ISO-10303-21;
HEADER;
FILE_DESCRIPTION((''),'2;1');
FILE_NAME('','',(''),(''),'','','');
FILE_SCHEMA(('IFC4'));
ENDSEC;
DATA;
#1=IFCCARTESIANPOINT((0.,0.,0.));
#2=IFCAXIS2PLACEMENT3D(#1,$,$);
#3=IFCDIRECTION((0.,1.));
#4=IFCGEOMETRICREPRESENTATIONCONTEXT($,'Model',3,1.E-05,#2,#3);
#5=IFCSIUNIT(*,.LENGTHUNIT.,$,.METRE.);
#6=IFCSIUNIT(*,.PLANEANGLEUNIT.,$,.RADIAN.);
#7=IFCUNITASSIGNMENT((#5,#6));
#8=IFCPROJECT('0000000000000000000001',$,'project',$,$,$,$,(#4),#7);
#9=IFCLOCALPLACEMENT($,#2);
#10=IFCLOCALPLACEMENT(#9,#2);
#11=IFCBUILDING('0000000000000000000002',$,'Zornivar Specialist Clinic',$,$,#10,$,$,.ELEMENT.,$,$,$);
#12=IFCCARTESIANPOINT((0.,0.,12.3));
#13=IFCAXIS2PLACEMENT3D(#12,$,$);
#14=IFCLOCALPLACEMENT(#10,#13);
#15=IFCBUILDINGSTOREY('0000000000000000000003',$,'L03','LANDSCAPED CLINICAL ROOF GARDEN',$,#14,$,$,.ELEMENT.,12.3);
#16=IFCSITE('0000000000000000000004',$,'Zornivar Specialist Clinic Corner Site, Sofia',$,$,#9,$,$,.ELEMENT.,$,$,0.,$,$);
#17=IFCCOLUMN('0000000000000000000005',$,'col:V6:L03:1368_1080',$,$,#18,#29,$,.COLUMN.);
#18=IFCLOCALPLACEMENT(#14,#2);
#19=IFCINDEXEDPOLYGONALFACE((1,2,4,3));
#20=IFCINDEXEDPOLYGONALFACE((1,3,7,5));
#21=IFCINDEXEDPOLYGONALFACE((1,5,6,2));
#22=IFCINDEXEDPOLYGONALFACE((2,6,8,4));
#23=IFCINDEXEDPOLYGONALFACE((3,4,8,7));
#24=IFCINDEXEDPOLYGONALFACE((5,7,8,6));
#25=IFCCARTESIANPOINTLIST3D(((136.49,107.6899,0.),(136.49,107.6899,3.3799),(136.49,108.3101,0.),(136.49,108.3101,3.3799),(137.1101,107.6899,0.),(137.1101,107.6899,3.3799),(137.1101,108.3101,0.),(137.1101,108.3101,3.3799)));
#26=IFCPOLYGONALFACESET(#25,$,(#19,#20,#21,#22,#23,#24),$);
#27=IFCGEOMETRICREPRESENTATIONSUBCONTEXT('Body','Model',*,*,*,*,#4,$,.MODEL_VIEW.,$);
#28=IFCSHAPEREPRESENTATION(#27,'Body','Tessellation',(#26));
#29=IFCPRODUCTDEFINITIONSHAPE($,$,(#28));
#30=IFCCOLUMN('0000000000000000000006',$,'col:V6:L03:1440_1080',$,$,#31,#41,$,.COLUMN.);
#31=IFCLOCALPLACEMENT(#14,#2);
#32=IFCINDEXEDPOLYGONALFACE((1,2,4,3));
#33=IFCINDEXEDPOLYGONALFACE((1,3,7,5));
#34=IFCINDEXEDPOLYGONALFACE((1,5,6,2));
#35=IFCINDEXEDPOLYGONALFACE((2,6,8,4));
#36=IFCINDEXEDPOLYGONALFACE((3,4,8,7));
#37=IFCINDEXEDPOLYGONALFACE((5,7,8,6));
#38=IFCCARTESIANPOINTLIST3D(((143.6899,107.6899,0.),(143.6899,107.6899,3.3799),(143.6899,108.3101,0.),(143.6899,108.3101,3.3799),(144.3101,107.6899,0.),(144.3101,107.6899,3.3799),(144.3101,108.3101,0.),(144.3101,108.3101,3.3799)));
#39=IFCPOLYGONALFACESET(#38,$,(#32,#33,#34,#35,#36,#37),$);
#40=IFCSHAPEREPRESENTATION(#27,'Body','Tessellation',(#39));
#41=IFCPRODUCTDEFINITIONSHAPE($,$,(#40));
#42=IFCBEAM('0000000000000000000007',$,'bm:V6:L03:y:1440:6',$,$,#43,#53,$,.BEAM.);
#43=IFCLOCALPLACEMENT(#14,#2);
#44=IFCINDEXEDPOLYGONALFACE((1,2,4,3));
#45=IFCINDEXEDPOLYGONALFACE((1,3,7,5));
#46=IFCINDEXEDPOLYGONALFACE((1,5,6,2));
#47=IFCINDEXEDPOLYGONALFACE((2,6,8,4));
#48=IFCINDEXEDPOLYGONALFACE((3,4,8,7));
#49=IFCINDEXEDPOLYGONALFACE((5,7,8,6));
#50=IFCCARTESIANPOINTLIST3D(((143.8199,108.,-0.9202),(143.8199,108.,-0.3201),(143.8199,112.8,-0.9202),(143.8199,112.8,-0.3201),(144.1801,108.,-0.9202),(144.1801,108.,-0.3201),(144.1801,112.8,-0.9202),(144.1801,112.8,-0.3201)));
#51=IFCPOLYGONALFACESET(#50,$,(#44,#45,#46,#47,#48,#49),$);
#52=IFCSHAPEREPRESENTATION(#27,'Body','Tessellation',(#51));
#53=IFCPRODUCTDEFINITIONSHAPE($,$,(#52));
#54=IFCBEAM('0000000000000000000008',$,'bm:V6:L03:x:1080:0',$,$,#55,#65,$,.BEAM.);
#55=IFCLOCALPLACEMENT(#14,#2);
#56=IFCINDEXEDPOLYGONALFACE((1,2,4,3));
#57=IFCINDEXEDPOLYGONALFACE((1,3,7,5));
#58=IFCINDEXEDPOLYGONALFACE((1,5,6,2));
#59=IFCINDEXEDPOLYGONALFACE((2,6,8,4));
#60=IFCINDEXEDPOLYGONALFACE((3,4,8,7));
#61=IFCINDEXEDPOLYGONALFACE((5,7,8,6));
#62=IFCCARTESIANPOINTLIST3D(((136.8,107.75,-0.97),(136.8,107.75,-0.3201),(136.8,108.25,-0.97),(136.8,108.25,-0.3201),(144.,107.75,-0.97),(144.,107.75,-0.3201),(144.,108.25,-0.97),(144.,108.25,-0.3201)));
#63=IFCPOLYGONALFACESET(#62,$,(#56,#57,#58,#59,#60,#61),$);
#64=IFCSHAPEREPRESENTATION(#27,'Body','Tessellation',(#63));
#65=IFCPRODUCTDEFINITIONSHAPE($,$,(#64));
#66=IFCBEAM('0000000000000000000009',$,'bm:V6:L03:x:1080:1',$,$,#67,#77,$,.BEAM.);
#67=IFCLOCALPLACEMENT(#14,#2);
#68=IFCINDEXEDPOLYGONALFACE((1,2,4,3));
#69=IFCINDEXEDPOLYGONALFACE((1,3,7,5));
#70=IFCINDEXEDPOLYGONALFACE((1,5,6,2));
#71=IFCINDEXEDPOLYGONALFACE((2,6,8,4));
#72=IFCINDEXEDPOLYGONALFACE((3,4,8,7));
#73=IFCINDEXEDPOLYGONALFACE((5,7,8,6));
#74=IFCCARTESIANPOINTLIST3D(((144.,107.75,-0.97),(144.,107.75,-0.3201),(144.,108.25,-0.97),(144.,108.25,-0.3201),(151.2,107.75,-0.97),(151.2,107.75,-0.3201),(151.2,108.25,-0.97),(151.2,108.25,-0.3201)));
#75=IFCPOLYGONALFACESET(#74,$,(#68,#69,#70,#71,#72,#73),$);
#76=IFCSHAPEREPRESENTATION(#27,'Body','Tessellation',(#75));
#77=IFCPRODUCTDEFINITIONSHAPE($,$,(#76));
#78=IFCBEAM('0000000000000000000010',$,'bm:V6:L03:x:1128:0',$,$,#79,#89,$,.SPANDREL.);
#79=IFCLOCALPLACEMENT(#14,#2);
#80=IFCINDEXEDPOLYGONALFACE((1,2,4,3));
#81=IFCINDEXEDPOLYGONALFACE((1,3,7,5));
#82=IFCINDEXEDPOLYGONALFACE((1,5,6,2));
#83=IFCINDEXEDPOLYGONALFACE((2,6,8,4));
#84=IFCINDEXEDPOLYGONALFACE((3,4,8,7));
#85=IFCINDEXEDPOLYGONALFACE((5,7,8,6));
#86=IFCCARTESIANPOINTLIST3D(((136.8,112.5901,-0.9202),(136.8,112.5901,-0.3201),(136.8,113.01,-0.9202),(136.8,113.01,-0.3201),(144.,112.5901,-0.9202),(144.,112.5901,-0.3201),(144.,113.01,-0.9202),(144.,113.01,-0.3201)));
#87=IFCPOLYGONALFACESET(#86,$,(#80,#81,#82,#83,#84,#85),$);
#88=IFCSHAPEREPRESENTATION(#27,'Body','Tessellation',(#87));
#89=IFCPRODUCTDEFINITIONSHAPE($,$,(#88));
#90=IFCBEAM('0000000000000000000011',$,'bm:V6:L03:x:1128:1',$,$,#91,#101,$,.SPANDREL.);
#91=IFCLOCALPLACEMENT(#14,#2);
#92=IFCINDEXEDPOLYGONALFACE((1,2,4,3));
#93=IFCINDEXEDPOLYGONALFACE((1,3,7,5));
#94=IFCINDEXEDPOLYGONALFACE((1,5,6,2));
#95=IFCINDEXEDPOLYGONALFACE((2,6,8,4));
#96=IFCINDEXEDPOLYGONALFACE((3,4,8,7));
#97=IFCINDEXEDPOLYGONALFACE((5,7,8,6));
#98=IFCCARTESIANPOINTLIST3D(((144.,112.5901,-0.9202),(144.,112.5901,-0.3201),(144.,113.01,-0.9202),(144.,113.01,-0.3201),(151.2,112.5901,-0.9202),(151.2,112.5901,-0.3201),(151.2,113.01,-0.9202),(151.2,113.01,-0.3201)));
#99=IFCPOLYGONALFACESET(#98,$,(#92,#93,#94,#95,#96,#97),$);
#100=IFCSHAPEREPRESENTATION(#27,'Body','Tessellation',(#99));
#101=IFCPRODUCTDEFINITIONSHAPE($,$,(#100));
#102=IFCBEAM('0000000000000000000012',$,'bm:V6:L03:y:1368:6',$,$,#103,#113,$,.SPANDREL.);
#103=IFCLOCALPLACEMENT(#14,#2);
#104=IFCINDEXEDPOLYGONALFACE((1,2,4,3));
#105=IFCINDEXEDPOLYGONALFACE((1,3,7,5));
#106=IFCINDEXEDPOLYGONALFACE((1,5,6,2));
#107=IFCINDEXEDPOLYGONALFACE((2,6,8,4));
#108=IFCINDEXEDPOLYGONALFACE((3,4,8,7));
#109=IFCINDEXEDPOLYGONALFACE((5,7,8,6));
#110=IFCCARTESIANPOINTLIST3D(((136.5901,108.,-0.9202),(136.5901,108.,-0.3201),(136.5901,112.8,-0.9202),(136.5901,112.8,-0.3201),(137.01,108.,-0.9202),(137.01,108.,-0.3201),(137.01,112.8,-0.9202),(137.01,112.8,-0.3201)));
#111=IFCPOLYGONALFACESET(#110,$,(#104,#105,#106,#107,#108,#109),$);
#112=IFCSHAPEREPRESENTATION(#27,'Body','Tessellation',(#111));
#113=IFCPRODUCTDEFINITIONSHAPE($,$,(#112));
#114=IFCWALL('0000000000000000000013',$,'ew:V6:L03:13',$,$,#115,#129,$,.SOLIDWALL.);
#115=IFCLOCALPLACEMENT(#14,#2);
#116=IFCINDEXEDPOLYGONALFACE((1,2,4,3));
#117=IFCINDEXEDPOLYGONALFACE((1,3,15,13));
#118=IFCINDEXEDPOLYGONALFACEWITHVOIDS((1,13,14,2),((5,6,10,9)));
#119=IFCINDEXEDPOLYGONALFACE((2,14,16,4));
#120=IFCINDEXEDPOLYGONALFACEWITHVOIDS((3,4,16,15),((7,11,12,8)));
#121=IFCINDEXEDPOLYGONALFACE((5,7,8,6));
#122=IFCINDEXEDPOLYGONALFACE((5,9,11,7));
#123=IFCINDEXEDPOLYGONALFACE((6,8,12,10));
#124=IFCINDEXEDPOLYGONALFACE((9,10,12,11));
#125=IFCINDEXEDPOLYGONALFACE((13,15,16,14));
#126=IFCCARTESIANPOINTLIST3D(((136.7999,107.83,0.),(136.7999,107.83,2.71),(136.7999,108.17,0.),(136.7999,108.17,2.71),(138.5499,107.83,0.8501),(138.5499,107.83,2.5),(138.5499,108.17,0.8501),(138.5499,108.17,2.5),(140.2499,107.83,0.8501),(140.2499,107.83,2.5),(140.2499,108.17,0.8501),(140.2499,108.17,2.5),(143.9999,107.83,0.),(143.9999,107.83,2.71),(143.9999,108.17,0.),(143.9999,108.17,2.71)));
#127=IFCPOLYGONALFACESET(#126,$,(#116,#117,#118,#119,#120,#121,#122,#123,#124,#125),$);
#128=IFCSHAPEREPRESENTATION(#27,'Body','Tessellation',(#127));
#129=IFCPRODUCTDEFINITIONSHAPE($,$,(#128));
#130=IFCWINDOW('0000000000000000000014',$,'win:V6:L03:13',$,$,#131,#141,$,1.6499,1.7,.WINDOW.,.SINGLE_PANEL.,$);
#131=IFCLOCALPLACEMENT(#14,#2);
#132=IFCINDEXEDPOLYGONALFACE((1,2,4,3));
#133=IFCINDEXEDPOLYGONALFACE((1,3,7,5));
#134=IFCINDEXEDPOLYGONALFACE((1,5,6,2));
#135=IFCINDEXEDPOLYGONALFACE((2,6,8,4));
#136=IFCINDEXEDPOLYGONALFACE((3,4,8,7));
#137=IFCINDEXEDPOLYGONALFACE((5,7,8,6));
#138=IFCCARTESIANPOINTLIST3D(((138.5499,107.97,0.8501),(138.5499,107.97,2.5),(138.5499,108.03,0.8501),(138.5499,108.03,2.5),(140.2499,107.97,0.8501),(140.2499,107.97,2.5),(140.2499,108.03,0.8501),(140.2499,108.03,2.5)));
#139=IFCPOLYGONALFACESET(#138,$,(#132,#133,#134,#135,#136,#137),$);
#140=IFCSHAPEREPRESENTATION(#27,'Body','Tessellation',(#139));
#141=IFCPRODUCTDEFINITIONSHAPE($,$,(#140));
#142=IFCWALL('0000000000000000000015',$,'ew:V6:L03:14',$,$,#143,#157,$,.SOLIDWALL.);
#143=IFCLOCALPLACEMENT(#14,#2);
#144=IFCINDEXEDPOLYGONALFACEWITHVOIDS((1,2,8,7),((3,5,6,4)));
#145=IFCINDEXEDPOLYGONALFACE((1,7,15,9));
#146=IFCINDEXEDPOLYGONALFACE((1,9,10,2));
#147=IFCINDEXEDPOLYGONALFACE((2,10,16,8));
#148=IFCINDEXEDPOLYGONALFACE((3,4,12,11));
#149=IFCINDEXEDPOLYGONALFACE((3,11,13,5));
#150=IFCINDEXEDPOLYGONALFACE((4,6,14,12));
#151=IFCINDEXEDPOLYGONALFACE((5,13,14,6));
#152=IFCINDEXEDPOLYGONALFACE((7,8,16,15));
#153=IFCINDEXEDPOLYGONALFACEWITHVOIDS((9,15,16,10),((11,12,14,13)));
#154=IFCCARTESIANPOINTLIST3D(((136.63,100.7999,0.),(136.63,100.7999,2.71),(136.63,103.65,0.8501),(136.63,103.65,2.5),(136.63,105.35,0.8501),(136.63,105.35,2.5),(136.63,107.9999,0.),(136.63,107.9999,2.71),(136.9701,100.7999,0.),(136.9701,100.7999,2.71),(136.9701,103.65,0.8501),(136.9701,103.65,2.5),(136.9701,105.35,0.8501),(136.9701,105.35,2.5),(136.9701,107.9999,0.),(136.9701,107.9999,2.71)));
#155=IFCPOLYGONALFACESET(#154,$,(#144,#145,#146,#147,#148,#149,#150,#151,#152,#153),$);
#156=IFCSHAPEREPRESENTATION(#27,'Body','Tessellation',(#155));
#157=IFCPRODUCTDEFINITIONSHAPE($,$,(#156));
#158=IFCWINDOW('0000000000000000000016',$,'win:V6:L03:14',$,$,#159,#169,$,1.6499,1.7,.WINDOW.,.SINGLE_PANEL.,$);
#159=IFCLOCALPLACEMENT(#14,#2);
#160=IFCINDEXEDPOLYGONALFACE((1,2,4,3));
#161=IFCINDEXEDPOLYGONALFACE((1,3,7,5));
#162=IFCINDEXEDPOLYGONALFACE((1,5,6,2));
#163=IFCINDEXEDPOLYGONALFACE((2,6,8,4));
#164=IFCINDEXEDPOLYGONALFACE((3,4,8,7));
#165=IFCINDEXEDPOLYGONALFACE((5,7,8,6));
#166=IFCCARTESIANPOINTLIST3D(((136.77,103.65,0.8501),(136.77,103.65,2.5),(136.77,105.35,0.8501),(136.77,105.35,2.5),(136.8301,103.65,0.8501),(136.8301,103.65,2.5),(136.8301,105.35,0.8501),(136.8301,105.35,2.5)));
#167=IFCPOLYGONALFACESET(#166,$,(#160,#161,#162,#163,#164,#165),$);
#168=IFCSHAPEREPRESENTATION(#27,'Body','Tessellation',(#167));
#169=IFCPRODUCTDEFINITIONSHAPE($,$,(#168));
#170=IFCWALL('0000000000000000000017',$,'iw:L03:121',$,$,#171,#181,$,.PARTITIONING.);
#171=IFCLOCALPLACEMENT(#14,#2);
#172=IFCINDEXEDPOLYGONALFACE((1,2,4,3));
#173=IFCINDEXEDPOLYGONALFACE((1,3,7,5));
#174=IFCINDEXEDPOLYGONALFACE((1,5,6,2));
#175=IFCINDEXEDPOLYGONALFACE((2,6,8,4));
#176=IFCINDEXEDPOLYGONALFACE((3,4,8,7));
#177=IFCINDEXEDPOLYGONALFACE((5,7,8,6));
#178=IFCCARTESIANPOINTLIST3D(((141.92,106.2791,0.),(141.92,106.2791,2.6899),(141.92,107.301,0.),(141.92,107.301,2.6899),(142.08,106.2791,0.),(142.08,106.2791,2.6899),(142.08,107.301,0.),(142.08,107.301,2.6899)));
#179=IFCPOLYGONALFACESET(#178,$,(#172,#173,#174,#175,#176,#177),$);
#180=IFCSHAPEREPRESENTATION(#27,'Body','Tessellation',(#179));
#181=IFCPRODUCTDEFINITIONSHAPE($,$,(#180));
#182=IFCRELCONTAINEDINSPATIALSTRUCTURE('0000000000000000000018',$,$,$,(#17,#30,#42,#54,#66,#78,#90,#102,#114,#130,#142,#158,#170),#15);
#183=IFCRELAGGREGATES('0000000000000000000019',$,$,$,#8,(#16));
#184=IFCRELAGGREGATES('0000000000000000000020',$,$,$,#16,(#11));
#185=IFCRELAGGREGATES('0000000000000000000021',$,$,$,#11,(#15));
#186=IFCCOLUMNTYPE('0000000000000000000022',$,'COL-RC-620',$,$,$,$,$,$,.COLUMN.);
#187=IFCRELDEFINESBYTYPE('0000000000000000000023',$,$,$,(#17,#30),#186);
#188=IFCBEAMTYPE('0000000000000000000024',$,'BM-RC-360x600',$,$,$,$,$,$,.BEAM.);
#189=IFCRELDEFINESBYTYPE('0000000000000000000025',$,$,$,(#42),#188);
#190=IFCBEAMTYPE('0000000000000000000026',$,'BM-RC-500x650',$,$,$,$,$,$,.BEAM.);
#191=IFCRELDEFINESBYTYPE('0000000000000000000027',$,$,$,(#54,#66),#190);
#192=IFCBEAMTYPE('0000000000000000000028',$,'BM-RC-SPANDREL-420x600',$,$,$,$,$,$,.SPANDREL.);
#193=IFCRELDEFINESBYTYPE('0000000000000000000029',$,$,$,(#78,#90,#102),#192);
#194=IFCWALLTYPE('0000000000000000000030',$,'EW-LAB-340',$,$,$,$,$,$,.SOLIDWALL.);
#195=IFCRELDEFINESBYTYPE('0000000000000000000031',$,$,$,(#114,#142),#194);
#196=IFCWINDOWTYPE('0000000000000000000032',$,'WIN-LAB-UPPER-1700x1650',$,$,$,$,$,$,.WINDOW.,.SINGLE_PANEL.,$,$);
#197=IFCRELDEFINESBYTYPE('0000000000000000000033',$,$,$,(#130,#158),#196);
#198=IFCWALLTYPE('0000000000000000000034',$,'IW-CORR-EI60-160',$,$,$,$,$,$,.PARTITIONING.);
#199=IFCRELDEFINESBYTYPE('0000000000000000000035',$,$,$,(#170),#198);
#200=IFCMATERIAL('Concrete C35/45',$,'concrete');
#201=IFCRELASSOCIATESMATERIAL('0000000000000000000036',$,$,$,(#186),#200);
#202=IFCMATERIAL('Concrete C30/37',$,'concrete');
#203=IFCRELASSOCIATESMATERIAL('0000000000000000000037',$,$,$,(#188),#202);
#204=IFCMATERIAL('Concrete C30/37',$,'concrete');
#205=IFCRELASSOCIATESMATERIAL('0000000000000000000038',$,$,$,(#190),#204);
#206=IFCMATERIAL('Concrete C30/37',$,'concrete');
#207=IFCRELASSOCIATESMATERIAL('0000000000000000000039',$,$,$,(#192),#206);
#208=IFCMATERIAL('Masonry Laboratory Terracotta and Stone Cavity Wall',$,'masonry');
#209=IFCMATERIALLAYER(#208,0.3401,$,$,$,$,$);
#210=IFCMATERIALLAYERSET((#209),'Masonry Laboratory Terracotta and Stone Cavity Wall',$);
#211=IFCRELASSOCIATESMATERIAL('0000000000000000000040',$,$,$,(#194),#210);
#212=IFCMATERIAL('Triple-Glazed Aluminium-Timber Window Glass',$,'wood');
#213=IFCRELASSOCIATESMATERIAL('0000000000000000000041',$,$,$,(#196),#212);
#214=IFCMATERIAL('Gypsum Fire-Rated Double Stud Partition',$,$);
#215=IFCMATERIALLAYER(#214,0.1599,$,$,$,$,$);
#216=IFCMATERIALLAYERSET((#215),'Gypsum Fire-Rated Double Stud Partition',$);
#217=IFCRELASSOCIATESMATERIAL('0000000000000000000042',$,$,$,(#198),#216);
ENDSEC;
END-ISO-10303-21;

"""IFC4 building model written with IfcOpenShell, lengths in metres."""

from ifc_helpers import new_model, si_unit, direction, frame, frame_2d, origin, origin_2d, place, context, subcontext, project, spatial, rectangle, extrude, material, layer, layer_set, material_profile, profile_set, type_object, element, fill, save


model = new_model("IFC4")

# Units and contexts
model_context = context("Model", 3, precision=1e-05, world=origin(), true_north=direction((0.0, 1.0)))
body_context = subcontext(model_context, "Body", "Model", "MODEL_VIEW")
ifc_project = project(units=[si_unit("LENGTHUNIT", "METRE"), si_unit("PLANEANGLEUNIT", "RADIAN")], contexts=[model_context])

# Site, building, storey
site_placement = place(None, origin())
site = spatial("IfcSite", under=ifc_project, at=site_placement, Name="Zornivar Specialist Clinic Corner Site, Sofia", CompositionType="ELEMENT", RefElevation=0.0)
building_placement = place(site_placement, origin())
building = spatial("IfcBuilding", under=site, at=building_placement, Name="Zornivar Specialist Clinic", CompositionType="ELEMENT")
storey_placement = place(building_placement, frame((0.0, 0.0, 12.3)))
storey = spatial("IfcBuildingStorey", under=building, at=storey_placement, Name="L03", Description="LANDSCAPED CLINICAL ROOF GARDEN", CompositionType="ELEMENT", Elevation=12.3)

# Columns
ifc_material_1 = material(Name="Concrete C35/45", Category="concrete")
ifc_material_profile_1 = material_profile(ifc_material_1, rectangle(XDim=0.6201, YDim=0.6201, at=origin_2d()), Name="RC 620x620")
ifc_profile_set_1 = profile_set([ifc_material_profile_1], Name="Concrete C35/45")
column_type = type_object("IfcColumnType", Name="COL-RC-620", PredefinedType="COLUMN", material=ifc_profile_set_1)
for number, where, z_axis, x_axis, name in (
    (1, (136.8, 108.0, 0.0), (0.0, 0.0, 1.0), (1.0, 0.0, 0.0), "col:V6:L03:1368_1080"),
    (2, (144.0, 108.0, 0.0), (0.0, 0.0, 1.0), (1.0, 0.0, 0.0), "col:V6:L03:1440_1080"),
):
    element("IfcColumn", number, at=place(storey_placement, frame(where, z_axis=z_axis, x_axis=x_axis)), inside=storey, type_object=column_type, Name=name, PredefinedType="COLUMN", context=body_context, shape_type="SweptSolid", body=[
        extrude(rectangle(XDim=0.6201, YDim=0.6201, at=origin_2d()), origin(), (0.0, 0.0, 1.0), 3.3799),
    ])

# Beams
ifc_material_2 = material(Name="Concrete C30/37", Category="concrete")
ifc_material_profile_2 = material_profile(ifc_material_2, rectangle(XDim=0.3601, YDim=0.6001, at=origin_2d()), Name="RC 360x600")
ifc_profile_set_2 = profile_set([ifc_material_profile_2], Name="Concrete C30/37")
beam_type_1 = type_object("IfcBeamType", Name="BM-RC-360x600", PredefinedType="BEAM", material=ifc_profile_set_2)
beam_1_placement = place(storey_placement, frame((144.0, 108.0, -0.6201), z_axis=(0.0, 1.0, 0.0), x_axis=(-1.0, 0.0, 0.0)))
element("IfcBeam", 3, at=beam_1_placement, inside=storey, type_object=beam_type_1, Name="bm:V6:L03:y:1440:6", PredefinedType="BEAM", context=body_context, shape_type="SweptSolid", body=[
    extrude(rectangle(XDim=0.3601, YDim=0.6001, at=origin_2d()), origin(), (0.0, 0.0, 1.0), 4.8),
])
ifc_material_3 = material(Name="Concrete C30/37", Category="concrete")
ifc_material_profile_3 = material_profile(ifc_material_3, rectangle(XDim=0.5, YDim=0.6499, at=origin_2d()), Name="RC 500x650")
ifc_profile_set_3 = profile_set([ifc_material_profile_3], Name="Concrete C30/37")
beam_type_2 = type_object("IfcBeamType", Name="BM-RC-500x650", PredefinedType="BEAM", material=ifc_profile_set_3)
for number, where, z_axis, x_axis, name in (
    (4, (136.8, 108.0, -0.645), (1.0, 0.0, 0.0), (0.0, 1.0, 0.0), "bm:V6:L03:x:1080:0"),
    (5, (144.0, 108.0, -0.645), (1.0, 0.0, 0.0), (0.0, 1.0, 0.0), "bm:V6:L03:x:1080:1"),
):
    element("IfcBeam", number, at=place(storey_placement, frame(where, z_axis=z_axis, x_axis=x_axis)), inside=storey, type_object=beam_type_2, Name=name, PredefinedType="BEAM", context=body_context, shape_type="SweptSolid", body=[
        extrude(rectangle(XDim=0.5, YDim=0.6499, at=origin_2d()), origin(), (0.0, 0.0, 1.0), 7.2),
    ])
ifc_material_4 = material(Name="Concrete C30/37", Category="concrete")
ifc_material_profile_4 = material_profile(ifc_material_4, rectangle(XDim=0.4199, YDim=0.6001, at=origin_2d()), Name="RC 420x600")
ifc_profile_set_4 = profile_set([ifc_material_profile_4], Name="Concrete C30/37")
beam_type_3 = type_object("IfcBeamType", Name="BM-RC-SPANDREL-420x600", PredefinedType="SPANDREL", material=ifc_profile_set_4)
for number, where, z_axis, x_axis, name in (
    (6, (136.8, 112.8, -0.6201), (1.0, 0.0, 0.0), (0.0, 1.0, 0.0), "bm:V6:L03:x:1128:0"),
    (7, (144.0, 112.8, -0.6201), (1.0, 0.0, 0.0), (0.0, 1.0, 0.0), "bm:V6:L03:x:1128:1"),
):
    element("IfcBeam", number, at=place(storey_placement, frame(where, z_axis=z_axis, x_axis=x_axis)), inside=storey, type_object=beam_type_3, Name=name, PredefinedType="SPANDREL", context=body_context, shape_type="SweptSolid", body=[
        extrude(rectangle(XDim=0.4199, YDim=0.6001, at=origin_2d()), origin(), (0.0, 0.0, 1.0), 7.2),
    ])
beam_2_placement = place(storey_placement, frame((136.8, 108.0, -0.6201), z_axis=(0.0, 1.0, 0.0), x_axis=(-1.0, 0.0, 0.0)))
element("IfcBeam", 8, at=beam_2_placement, inside=storey, type_object=beam_type_3, Name="bm:V6:L03:y:1368:6", PredefinedType="SPANDREL", context=body_context, shape_type="SweptSolid", body=[
    extrude(rectangle(XDim=0.4199, YDim=0.6001, at=origin_2d()), origin(), (0.0, 0.0, 1.0), 4.8),
])

# Walls, openings, windows
ifc_material_5 = material(Name="Masonry Laboratory Terracotta and Stone Cavity Wall", Category="masonry")
ifc_layer_1 = layer(ifc_material_5, 0.3401)
ifc_layer_set_1 = layer_set([ifc_layer_1], Name="Masonry Laboratory Terracotta and Stone Cavity Wall")
wall_type_1 = type_object("IfcWallType", Name="EW-LAB-340", PredefinedType="SOLIDWALL", material=ifc_layer_set_1)
wall_1_placement = place(storey_placement, frame((144.0, 108.0, 0.0), z_axis=(0.0, 0.0, 1.0), x_axis=(-1.0, 0.0, 0.0)))
wall_1 = element("IfcWall", 9, at=wall_1_placement, inside=storey, type_object=wall_type_1, Name="ew:V6:L03:13", PredefinedType="SOLIDWALL", context=body_context, shape_type="SweptSolid", body=[
    extrude(rectangle(XDim=7.2, YDim=0.3401, at=frame_2d((3.6001, 0.0))), origin(), (0.0, 0.0, 1.0), 2.71),
])
opening_1_placement = place(wall_1_placement, frame((3.75, 0.0, 0.8501)))
opening_1 = element("IfcOpeningElement", 10, at=opening_1_placement, cuts=wall_1, PredefinedType="OPENING", context=body_context, shape_type="SweptSolid", body=[
    extrude(rectangle(XDim=1.7, YDim=1.6499, at=frame_2d((0.8501, 0.825))), frame((0.0, 0.1799, 0.0), z_axis=(0.0, -1.0, 0.0), x_axis=(1.0, 0.0, 0.0)), (0.0, 0.0, 1.0), 0.3601),
])
ifc_material_6 = material(Name="Triple-Glazed Aluminium-Timber Window Glass", Category="wood")
window_type = type_object("IfcWindowType", Name="WIN-LAB-UPPER-1700x1650", PartitioningType="SINGLE_PANEL", PredefinedType="WINDOW", material=ifc_material_6)
window_1_placement = place(opening_1_placement, origin())
window_1 = element("IfcWindow", 11, at=window_1_placement, inside=storey, type_object=window_type, Name="win:V6:L03:13", OverallHeight=1.6499, OverallWidth=1.7, PartitioningType="SINGLE_PANEL", PredefinedType="WINDOW", context=body_context, shape_type="SweptSolid", body=[
    extrude(rectangle(XDim=1.7, YDim=1.6499, at=frame_2d((0.8501, 0.825))), frame((0.0, 0.03, 0.0), z_axis=(0.0, -1.0, 0.0), x_axis=(1.0, 0.0, 0.0)), (0.0, 0.0, 1.0), 0.0601),
])
fill(opening_1, window_1)
wall_2_placement = place(storey_placement, frame((136.8, 108.0, 0.0), z_axis=(0.0, 0.0, 1.0), x_axis=(0.0, -1.0, 0.0)))
wall_2 = element("IfcWall", 12, at=wall_2_placement, inside=storey, type_object=wall_type_1, Name="ew:V6:L03:14", PredefinedType="SOLIDWALL", context=body_context, shape_type="SweptSolid", body=[
    extrude(rectangle(XDim=7.2, YDim=0.3401, at=frame_2d((3.6001, 0.0))), origin(), (0.0, 0.0, 1.0), 2.71),
])
opening_2_placement = place(wall_2_placement, frame((2.6499, 0.0, 0.8501)))
opening_2 = element("IfcOpeningElement", 13, at=opening_2_placement, cuts=wall_2, PredefinedType="OPENING", context=body_context, shape_type="SweptSolid", body=[
    extrude(rectangle(XDim=1.7, YDim=1.6499, at=frame_2d((0.8501, 0.825))), frame((0.0, 0.1799, 0.0), z_axis=(0.0, -1.0, 0.0), x_axis=(1.0, 0.0, 0.0)), (0.0, 0.0, 1.0), 0.3601),
])
window_2_placement = place(opening_2_placement, origin())
window_2 = element("IfcWindow", 14, at=window_2_placement, inside=storey, type_object=window_type, Name="win:V6:L03:14", OverallHeight=1.6499, OverallWidth=1.7, PartitioningType="SINGLE_PANEL", PredefinedType="WINDOW", context=body_context, shape_type="SweptSolid", body=[
    extrude(rectangle(XDim=1.7, YDim=1.6499, at=frame_2d((0.8501, 0.825))), frame((0.0, 0.03, 0.0), z_axis=(0.0, -1.0, 0.0), x_axis=(1.0, 0.0, 0.0)), (0.0, 0.0, 1.0), 0.0601),
])
fill(opening_2, window_2)

# Wall
ifc_material_7 = material(Name="Gypsum Fire-Rated Double Stud Partition")
ifc_layer_2 = layer(ifc_material_7, 0.1599)
ifc_layer_set_2 = layer_set([ifc_layer_2], Name="Gypsum Fire-Rated Double Stud Partition")
wall_type_2 = type_object("IfcWallType", Name="IW-CORR-EI60-160", PredefinedType="PARTITIONING", material=ifc_layer_set_2)
wall_3_placement = place(storey_placement, frame((142.0, 107.301, 0.0), z_axis=(0.0, 0.0, 1.0), x_axis=(0.0, -1.0, 0.0)))
element("IfcWall", 15, at=wall_3_placement, inside=storey, type_object=wall_type_2, Name="iw:L03:121", PredefinedType="PARTITIONING", context=body_context, shape_type="SweptSolid", body=[
    extrude(rectangle(XDim=1.022, YDim=0.1599, at=frame_2d((0.511, 0.0))), origin(), (0.0, 0.0, 1.0), 2.6899),
])

save(model, "model.ifc")
